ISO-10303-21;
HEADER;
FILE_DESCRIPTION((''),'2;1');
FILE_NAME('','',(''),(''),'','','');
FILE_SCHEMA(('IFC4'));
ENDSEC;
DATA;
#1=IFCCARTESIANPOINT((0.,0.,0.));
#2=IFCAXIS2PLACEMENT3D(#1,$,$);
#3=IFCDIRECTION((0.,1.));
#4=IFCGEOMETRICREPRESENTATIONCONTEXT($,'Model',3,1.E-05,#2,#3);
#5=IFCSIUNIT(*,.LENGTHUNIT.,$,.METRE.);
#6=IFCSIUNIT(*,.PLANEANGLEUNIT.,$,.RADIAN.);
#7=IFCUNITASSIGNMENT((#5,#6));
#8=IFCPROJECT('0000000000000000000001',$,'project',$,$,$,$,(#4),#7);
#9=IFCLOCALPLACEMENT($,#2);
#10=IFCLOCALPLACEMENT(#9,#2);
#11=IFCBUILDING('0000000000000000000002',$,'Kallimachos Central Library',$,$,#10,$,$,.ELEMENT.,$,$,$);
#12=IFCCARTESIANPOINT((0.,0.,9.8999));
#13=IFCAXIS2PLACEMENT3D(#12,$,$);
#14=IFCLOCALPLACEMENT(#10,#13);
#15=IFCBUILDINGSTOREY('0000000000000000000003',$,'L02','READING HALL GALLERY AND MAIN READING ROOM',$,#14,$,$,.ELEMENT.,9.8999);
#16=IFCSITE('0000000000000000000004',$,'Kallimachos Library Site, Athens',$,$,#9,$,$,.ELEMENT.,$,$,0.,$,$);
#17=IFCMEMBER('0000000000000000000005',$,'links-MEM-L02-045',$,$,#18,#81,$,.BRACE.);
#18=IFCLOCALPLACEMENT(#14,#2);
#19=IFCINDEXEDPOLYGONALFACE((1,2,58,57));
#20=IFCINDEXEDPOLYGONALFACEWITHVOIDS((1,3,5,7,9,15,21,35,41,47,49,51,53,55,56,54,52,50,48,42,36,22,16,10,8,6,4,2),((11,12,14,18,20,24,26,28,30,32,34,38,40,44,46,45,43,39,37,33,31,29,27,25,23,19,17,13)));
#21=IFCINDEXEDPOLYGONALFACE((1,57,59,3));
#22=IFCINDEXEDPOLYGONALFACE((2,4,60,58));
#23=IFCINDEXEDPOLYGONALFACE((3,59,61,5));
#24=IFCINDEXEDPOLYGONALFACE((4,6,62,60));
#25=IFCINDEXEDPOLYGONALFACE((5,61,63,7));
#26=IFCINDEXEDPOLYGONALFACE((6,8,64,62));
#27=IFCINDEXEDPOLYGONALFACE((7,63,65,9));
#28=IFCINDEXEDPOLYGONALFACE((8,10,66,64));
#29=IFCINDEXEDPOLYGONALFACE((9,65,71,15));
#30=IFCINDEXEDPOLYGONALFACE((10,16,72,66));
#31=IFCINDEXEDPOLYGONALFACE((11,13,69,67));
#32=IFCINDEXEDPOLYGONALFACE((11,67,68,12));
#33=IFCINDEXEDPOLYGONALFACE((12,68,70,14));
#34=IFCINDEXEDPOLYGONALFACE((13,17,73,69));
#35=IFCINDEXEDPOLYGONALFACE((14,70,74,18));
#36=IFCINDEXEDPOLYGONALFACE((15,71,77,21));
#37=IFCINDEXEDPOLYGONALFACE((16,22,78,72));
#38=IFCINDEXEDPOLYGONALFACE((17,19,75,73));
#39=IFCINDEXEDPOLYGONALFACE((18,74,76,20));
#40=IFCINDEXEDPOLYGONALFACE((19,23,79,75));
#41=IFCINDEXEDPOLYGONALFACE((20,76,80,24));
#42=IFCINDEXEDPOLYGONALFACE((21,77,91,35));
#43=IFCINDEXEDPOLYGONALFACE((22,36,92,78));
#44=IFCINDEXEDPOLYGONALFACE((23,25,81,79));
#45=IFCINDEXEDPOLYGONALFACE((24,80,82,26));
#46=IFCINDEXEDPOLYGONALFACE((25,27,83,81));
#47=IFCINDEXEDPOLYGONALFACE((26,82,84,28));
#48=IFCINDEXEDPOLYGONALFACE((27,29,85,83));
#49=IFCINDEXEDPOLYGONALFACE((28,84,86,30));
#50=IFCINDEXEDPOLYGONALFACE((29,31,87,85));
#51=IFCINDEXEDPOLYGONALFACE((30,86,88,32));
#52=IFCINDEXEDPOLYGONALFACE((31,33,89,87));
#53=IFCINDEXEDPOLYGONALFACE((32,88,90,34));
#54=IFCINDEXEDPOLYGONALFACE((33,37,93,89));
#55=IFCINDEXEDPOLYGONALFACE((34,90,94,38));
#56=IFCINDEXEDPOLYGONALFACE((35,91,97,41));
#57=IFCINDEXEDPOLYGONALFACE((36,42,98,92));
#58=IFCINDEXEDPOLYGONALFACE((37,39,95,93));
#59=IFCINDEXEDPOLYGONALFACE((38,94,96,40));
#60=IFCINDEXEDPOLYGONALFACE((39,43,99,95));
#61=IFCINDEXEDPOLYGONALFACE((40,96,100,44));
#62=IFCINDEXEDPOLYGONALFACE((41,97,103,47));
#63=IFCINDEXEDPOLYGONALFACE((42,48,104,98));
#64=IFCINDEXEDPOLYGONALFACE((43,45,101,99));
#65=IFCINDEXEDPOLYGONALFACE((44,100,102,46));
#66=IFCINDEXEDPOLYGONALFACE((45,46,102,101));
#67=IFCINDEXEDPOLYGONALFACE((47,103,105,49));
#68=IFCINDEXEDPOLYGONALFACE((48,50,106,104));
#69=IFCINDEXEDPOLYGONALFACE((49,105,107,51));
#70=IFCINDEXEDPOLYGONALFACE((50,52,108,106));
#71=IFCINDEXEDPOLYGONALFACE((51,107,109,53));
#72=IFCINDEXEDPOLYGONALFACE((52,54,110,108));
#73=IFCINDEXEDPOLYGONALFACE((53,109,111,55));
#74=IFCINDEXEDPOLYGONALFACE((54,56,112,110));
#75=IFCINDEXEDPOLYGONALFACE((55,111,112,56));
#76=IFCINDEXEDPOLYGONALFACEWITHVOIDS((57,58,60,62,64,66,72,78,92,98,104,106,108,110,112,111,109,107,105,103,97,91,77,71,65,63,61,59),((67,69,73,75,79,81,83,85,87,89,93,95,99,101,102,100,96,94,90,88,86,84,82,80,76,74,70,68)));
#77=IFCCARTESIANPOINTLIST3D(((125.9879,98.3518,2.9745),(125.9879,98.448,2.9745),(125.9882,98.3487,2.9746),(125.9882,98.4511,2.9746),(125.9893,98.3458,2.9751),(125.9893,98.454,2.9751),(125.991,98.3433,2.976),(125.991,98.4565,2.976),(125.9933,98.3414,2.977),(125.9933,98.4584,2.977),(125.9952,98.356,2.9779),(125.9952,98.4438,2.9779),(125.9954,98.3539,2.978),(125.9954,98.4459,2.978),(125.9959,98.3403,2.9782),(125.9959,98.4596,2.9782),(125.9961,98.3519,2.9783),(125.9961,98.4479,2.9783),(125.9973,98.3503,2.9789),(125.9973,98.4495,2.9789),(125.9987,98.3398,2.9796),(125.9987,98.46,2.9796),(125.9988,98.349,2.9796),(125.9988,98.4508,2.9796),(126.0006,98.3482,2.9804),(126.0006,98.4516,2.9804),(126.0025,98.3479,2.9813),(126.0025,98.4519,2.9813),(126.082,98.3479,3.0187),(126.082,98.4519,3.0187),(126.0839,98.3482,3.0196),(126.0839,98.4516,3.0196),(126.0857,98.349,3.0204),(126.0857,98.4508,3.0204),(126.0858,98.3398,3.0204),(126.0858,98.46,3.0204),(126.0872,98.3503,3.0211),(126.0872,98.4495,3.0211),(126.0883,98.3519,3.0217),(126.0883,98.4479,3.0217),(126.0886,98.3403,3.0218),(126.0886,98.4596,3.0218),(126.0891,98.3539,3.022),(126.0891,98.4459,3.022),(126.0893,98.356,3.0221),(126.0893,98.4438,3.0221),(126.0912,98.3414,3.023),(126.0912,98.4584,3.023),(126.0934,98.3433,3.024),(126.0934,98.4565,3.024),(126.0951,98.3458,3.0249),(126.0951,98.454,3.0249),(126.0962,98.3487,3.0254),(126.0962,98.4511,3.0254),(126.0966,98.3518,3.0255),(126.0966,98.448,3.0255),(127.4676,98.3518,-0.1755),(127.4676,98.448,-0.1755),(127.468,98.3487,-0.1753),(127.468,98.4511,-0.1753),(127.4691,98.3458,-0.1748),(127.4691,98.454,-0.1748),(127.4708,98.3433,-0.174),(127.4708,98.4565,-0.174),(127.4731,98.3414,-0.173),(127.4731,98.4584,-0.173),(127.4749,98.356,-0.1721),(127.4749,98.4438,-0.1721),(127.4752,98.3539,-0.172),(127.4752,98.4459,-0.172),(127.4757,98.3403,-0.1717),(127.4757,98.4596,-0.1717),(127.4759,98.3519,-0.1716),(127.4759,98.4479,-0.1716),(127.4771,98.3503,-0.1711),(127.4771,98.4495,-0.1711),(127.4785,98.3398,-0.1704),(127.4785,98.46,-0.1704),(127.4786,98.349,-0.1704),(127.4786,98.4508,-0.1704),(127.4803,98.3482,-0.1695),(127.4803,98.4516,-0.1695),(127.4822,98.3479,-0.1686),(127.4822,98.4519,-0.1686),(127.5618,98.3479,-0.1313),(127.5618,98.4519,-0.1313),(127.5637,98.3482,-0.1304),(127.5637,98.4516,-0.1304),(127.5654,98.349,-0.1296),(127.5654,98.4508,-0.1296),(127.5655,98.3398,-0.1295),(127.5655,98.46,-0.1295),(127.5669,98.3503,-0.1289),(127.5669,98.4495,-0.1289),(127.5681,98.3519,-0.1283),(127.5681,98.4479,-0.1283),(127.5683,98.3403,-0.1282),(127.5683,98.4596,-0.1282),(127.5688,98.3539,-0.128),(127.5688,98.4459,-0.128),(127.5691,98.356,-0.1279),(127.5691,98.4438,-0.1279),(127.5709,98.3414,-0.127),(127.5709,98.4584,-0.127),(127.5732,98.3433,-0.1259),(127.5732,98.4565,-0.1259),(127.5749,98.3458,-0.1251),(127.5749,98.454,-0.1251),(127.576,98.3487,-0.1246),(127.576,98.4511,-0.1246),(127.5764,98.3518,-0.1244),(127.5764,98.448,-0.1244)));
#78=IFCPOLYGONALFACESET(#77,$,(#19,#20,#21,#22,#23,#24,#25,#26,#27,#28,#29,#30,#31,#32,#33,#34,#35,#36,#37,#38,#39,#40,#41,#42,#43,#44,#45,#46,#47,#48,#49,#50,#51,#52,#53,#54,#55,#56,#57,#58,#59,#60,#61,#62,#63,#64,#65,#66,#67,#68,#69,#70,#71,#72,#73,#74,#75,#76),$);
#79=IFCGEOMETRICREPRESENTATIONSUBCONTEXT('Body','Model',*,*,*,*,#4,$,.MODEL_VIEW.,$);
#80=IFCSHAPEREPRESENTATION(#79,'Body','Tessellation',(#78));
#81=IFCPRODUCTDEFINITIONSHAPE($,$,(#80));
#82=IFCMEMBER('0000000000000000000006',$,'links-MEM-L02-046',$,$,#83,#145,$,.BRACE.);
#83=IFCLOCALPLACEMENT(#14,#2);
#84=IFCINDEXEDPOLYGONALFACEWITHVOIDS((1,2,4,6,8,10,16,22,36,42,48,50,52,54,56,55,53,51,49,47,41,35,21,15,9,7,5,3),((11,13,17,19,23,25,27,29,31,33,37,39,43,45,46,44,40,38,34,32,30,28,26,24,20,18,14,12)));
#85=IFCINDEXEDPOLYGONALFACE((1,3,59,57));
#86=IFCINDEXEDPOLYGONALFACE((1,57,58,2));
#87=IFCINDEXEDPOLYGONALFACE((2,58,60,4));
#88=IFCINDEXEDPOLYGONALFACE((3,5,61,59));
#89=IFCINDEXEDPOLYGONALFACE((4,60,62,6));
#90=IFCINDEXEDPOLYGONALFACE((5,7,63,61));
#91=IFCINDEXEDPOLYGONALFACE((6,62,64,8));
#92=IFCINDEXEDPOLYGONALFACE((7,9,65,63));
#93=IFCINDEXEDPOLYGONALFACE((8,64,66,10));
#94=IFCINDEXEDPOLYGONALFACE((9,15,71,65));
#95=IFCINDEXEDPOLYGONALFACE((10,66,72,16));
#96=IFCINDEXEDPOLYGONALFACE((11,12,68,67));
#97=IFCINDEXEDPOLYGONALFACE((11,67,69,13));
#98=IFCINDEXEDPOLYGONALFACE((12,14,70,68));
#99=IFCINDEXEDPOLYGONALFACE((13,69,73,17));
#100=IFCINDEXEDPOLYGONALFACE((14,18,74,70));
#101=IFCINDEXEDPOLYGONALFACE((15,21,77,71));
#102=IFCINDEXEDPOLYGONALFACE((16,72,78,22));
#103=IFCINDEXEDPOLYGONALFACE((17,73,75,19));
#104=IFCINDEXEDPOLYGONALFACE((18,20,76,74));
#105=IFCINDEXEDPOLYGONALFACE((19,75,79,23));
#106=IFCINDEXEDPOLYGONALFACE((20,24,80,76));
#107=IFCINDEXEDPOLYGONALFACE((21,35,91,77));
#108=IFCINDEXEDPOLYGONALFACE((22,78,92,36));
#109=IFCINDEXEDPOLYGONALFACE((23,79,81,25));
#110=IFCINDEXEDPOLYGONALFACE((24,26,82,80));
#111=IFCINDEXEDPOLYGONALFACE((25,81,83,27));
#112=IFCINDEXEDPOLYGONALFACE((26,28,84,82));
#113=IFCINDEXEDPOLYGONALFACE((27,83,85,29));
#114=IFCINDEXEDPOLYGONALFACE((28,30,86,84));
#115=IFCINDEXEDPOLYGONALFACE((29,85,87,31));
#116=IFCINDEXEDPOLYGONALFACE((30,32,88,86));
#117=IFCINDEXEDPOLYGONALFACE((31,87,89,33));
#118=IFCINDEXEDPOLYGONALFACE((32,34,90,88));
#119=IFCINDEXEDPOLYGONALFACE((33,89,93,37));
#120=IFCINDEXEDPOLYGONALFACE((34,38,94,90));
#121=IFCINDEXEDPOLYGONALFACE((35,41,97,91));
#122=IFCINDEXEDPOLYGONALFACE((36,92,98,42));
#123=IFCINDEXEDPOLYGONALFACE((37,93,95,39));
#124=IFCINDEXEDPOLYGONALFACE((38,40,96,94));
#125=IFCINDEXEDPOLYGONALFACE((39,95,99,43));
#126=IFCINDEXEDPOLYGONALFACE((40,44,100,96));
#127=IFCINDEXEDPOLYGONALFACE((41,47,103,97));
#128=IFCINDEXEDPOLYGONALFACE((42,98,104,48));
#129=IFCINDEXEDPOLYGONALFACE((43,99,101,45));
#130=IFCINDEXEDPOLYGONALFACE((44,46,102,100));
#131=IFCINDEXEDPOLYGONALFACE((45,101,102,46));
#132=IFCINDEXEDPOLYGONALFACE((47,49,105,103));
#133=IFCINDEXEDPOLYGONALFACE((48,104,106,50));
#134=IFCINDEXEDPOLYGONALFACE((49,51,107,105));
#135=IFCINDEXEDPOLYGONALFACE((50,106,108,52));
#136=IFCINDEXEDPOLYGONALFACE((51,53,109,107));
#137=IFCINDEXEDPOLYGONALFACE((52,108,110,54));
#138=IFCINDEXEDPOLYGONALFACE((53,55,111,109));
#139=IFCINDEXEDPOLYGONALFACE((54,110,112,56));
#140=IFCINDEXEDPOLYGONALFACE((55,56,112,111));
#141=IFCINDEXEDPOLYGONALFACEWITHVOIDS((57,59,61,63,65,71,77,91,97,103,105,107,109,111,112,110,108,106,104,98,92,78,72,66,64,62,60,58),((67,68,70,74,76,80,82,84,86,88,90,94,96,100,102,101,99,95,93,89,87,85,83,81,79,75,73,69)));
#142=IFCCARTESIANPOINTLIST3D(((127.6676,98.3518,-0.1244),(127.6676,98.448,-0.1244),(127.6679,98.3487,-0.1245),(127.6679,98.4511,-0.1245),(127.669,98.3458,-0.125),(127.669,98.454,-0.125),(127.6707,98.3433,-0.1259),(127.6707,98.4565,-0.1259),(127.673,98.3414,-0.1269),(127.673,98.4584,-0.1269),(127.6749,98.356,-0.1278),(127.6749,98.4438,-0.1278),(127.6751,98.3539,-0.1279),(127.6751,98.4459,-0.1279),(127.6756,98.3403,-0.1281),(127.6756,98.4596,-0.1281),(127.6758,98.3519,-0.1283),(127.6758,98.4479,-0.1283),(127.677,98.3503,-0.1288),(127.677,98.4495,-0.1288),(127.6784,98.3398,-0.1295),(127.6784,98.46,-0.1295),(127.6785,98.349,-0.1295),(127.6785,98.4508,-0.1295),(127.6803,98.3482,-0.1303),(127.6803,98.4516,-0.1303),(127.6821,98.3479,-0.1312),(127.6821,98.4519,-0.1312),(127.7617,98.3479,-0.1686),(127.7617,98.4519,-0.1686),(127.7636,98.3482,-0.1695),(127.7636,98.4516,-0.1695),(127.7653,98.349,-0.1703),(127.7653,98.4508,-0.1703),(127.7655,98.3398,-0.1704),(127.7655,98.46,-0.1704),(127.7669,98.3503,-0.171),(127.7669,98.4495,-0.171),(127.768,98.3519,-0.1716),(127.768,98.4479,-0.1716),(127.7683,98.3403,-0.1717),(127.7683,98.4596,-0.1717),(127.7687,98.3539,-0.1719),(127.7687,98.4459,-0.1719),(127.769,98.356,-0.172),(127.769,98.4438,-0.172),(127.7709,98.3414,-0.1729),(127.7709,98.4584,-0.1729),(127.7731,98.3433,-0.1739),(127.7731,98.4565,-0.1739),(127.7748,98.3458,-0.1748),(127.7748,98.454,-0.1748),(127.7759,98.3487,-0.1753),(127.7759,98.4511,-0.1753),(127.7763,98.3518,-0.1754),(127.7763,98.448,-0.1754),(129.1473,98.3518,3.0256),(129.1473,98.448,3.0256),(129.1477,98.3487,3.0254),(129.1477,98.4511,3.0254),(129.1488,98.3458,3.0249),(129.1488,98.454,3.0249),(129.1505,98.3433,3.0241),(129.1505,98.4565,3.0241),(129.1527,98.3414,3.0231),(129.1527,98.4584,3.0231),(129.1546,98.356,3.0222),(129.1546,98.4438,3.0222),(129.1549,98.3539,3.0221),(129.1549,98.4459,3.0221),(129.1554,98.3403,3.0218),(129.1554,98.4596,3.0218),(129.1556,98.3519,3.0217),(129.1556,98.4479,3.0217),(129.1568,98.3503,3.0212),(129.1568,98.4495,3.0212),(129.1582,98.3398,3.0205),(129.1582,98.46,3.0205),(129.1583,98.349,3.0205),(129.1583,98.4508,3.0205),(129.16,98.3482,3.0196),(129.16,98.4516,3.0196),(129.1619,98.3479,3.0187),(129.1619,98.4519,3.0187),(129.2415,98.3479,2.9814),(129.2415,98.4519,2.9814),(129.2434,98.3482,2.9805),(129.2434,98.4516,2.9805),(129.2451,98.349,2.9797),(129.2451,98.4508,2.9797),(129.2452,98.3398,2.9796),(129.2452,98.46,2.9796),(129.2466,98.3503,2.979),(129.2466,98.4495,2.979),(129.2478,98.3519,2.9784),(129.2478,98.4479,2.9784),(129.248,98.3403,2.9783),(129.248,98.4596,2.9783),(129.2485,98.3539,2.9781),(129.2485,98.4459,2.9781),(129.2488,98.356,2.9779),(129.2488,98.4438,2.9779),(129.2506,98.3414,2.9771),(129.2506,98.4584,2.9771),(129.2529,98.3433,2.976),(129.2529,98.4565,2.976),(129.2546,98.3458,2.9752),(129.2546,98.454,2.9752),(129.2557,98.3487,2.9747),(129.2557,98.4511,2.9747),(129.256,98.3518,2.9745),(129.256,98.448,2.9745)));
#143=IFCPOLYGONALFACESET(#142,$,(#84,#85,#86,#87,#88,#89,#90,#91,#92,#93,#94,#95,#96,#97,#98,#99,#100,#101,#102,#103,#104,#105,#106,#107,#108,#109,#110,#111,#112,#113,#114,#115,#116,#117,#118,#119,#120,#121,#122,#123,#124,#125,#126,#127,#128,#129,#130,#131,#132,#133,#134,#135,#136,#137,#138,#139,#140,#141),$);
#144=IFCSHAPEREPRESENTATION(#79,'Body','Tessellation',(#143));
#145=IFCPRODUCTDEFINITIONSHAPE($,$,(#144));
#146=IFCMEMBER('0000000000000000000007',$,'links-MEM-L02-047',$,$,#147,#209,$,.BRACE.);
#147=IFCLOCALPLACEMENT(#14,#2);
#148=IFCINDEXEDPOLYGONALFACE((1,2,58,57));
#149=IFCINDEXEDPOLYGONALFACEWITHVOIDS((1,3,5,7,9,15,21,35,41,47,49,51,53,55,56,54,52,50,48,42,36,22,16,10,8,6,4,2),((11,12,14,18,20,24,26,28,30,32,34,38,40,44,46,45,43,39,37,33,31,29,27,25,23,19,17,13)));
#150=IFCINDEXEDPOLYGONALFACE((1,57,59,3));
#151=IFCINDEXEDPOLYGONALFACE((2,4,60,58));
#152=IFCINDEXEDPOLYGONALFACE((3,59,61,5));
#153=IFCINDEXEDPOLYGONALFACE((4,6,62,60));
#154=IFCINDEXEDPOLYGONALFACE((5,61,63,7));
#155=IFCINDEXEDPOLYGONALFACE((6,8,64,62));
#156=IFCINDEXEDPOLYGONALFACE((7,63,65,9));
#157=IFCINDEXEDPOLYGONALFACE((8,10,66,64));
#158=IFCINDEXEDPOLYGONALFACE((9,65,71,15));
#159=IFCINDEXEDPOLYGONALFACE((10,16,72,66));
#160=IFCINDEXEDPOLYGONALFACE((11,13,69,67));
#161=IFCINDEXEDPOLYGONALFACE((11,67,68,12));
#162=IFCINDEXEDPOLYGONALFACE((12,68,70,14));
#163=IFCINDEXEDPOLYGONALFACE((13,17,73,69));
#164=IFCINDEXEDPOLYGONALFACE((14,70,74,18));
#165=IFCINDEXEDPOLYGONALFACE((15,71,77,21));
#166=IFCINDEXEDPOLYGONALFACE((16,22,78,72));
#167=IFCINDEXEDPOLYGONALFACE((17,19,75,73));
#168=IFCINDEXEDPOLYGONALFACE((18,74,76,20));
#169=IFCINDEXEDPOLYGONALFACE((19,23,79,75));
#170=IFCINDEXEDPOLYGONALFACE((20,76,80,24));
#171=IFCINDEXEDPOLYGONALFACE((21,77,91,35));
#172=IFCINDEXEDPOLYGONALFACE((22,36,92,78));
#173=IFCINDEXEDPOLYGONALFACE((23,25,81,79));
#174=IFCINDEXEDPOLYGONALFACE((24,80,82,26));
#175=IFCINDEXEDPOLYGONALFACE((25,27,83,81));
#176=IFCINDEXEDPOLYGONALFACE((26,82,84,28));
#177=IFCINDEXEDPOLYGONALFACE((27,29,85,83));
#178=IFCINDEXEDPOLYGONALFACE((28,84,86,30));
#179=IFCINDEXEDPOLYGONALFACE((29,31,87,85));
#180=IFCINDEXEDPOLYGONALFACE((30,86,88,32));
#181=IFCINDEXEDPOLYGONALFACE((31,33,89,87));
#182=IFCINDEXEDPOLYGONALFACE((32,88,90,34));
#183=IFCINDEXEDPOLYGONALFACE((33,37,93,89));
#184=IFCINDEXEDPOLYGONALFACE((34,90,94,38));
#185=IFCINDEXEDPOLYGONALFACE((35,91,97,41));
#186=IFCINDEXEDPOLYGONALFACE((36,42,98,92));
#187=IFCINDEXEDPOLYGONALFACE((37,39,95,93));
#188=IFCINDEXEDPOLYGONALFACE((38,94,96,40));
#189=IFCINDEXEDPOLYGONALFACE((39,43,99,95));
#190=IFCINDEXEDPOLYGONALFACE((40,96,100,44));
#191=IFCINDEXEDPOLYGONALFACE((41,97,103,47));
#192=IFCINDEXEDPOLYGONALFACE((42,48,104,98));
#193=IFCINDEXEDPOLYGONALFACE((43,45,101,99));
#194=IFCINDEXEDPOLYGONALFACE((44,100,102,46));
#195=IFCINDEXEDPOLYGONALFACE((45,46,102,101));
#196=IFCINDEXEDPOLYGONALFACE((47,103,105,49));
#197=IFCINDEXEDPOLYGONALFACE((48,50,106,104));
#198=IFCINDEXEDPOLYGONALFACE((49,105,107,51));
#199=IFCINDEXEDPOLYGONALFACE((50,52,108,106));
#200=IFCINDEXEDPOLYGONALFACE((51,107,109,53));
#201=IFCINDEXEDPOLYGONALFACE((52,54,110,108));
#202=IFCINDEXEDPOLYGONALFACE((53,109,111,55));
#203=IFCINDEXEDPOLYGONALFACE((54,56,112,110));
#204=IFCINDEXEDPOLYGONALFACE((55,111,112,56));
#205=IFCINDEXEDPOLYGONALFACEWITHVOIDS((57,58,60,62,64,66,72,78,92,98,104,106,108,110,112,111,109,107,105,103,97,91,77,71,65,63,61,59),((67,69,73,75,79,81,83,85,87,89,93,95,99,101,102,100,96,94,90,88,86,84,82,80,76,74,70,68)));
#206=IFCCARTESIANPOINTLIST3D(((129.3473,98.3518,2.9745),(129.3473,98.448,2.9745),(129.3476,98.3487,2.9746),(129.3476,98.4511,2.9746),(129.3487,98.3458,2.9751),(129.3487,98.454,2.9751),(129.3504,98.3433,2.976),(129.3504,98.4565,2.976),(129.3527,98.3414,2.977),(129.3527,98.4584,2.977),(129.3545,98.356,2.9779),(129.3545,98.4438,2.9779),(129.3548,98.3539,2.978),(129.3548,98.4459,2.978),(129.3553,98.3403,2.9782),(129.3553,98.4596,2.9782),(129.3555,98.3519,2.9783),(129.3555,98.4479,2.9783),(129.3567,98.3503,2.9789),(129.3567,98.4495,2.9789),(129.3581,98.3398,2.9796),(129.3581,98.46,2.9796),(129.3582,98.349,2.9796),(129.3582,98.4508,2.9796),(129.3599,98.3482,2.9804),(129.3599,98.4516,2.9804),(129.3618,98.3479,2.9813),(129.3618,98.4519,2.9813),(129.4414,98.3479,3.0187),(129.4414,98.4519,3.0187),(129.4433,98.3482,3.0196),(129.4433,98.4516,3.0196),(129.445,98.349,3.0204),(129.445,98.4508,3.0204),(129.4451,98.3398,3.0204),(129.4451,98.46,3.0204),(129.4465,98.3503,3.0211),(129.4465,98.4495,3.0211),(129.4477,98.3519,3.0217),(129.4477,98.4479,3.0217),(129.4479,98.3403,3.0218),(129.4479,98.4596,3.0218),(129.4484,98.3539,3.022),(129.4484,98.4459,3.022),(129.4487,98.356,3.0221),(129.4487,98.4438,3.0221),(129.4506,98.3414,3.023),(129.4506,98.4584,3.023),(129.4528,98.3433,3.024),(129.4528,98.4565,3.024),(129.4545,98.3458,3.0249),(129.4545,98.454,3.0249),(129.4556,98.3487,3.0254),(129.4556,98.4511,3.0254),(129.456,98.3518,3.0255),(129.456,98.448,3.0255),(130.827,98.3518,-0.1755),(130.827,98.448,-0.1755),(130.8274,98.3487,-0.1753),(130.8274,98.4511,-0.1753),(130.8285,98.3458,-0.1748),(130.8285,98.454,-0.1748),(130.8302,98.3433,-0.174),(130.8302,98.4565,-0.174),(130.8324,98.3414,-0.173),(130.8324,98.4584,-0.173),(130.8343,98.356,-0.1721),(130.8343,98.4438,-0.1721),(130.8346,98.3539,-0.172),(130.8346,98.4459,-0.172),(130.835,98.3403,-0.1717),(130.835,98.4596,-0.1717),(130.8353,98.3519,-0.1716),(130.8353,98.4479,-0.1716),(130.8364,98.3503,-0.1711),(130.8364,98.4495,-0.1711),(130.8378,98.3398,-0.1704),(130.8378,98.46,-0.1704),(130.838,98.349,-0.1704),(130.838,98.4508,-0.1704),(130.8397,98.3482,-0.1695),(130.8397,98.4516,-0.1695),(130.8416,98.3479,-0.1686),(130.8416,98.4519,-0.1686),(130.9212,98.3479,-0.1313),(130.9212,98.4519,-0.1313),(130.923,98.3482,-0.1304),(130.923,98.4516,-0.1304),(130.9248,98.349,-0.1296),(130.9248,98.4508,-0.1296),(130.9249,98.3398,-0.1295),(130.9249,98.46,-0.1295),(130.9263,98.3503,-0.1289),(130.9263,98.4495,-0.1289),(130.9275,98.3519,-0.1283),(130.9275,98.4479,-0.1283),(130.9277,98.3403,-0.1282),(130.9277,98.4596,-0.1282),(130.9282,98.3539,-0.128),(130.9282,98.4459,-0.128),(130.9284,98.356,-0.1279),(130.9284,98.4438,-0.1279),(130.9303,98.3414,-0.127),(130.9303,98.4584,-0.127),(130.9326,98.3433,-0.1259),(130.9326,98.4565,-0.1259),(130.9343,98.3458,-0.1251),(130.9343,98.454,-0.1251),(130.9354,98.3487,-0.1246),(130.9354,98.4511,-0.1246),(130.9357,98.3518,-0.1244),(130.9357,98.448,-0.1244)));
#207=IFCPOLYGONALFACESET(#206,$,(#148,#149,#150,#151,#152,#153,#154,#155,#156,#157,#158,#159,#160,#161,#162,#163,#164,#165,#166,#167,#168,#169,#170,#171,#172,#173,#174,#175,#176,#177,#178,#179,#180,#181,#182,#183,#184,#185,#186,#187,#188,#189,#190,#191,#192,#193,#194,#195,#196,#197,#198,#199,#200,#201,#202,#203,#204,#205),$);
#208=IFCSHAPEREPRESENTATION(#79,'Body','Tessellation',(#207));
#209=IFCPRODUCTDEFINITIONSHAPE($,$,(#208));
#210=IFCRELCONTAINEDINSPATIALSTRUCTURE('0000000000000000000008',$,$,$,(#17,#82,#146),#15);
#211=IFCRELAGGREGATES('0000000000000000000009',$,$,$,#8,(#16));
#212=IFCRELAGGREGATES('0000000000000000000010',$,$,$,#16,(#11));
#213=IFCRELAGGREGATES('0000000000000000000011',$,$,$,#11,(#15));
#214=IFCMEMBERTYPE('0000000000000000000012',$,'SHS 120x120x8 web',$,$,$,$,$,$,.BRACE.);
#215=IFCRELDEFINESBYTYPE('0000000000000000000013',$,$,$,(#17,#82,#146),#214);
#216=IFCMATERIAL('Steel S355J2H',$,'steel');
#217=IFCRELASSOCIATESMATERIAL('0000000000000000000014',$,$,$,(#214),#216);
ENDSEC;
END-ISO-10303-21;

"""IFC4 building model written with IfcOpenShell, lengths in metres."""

from ifc_helpers import new_model, si_unit, direction, frame, origin, origin_2d, place, context, subcontext, project, spatial, hollow_rectangle, extrude, material, material_profile, profile_set, type_object, element, save


model = new_model("IFC4")

# Units and contexts
model_context = context("Model", 3, precision=1e-05, world=origin(), true_north=direction((0.0, 1.0)))
body_context = subcontext(model_context, "Body", "Model", "MODEL_VIEW")
ifc_project = project(units=[si_unit("LENGTHUNIT", "METRE"), si_unit("PLANEANGLEUNIT", "RADIAN")], contexts=[model_context])

# Site, building, storey
site_placement = place(None, origin())
site = spatial("IfcSite", under=ifc_project, at=site_placement, Name="Kallimachos Library Site, Athens", CompositionType="ELEMENT", RefElevation=0.0)
building_placement = place(site_placement, origin())
building = spatial("IfcBuilding", under=site, at=building_placement, Name="Kallimachos Central Library", CompositionType="ELEMENT")
storey_placement = place(building_placement, frame((0.0, 0.0, 9.8999)))
storey = spatial("IfcBuildingStorey", under=building, at=storey_placement, Name="L02", Description="READING HALL GALLERY AND MAIN READING ROOM", CompositionType="ELEMENT", Elevation=9.8999)

# Members
ifc_material_1 = material(Name="Steel S355J2H", Category="steel")
ifc_material_profile_1 = material_profile(ifc_material_1, hollow_rectangle(XDim=0.1201, YDim=0.1201, WallThickness=0.0081, InnerFilletRadius=0.0081, OuterFilletRadius=0.012, at=origin_2d()), Name="SHS 120x120x8")
ifc_profile_set_1 = profile_set([ifc_material_profile_1], Name="Steel S355J2H")
member_type_1 = type_object("IfcMemberType", Name="SHS 120x120x8 web", PredefinedType="BRACE", material=ifc_profile_set_1)
for number, where, z_axis, x_axis, name in (
    (1, (126.0422, 98.3999, 3.0), (0.425192, 0.0, -0.905103), (0.0, 1.0, 0.0), "links-MEM-L02-045"),
    (2, (127.7219, 98.3999, -0.1499), (0.425192, 0.0, 0.905103), (0.0, 1.0, 0.0), "links-MEM-L02-046"),
    (3, (129.4016, 98.3999, 3.0), (0.425192, 0.0, -0.905103), (0.0, 1.0, 0.0), "links-MEM-L02-047"),
):
    element("IfcMember", number, at=place(storey_placement, frame(where, z_axis=z_axis, x_axis=x_axis)), inside=storey, type_object=member_type_1, Name=name, PredefinedType="BRACE", context=body_context, shape_type="SweptSolid", body=[
        extrude(hollow_rectangle(XDim=0.1201, YDim=0.1201, WallThickness=0.0081, InnerFilletRadius=0.0081, OuterFilletRadius=0.012, at=origin_2d()), origin(), (0.0, 0.0, 1.0), 3.4802),
    ])

save(model, "model.ifc")
